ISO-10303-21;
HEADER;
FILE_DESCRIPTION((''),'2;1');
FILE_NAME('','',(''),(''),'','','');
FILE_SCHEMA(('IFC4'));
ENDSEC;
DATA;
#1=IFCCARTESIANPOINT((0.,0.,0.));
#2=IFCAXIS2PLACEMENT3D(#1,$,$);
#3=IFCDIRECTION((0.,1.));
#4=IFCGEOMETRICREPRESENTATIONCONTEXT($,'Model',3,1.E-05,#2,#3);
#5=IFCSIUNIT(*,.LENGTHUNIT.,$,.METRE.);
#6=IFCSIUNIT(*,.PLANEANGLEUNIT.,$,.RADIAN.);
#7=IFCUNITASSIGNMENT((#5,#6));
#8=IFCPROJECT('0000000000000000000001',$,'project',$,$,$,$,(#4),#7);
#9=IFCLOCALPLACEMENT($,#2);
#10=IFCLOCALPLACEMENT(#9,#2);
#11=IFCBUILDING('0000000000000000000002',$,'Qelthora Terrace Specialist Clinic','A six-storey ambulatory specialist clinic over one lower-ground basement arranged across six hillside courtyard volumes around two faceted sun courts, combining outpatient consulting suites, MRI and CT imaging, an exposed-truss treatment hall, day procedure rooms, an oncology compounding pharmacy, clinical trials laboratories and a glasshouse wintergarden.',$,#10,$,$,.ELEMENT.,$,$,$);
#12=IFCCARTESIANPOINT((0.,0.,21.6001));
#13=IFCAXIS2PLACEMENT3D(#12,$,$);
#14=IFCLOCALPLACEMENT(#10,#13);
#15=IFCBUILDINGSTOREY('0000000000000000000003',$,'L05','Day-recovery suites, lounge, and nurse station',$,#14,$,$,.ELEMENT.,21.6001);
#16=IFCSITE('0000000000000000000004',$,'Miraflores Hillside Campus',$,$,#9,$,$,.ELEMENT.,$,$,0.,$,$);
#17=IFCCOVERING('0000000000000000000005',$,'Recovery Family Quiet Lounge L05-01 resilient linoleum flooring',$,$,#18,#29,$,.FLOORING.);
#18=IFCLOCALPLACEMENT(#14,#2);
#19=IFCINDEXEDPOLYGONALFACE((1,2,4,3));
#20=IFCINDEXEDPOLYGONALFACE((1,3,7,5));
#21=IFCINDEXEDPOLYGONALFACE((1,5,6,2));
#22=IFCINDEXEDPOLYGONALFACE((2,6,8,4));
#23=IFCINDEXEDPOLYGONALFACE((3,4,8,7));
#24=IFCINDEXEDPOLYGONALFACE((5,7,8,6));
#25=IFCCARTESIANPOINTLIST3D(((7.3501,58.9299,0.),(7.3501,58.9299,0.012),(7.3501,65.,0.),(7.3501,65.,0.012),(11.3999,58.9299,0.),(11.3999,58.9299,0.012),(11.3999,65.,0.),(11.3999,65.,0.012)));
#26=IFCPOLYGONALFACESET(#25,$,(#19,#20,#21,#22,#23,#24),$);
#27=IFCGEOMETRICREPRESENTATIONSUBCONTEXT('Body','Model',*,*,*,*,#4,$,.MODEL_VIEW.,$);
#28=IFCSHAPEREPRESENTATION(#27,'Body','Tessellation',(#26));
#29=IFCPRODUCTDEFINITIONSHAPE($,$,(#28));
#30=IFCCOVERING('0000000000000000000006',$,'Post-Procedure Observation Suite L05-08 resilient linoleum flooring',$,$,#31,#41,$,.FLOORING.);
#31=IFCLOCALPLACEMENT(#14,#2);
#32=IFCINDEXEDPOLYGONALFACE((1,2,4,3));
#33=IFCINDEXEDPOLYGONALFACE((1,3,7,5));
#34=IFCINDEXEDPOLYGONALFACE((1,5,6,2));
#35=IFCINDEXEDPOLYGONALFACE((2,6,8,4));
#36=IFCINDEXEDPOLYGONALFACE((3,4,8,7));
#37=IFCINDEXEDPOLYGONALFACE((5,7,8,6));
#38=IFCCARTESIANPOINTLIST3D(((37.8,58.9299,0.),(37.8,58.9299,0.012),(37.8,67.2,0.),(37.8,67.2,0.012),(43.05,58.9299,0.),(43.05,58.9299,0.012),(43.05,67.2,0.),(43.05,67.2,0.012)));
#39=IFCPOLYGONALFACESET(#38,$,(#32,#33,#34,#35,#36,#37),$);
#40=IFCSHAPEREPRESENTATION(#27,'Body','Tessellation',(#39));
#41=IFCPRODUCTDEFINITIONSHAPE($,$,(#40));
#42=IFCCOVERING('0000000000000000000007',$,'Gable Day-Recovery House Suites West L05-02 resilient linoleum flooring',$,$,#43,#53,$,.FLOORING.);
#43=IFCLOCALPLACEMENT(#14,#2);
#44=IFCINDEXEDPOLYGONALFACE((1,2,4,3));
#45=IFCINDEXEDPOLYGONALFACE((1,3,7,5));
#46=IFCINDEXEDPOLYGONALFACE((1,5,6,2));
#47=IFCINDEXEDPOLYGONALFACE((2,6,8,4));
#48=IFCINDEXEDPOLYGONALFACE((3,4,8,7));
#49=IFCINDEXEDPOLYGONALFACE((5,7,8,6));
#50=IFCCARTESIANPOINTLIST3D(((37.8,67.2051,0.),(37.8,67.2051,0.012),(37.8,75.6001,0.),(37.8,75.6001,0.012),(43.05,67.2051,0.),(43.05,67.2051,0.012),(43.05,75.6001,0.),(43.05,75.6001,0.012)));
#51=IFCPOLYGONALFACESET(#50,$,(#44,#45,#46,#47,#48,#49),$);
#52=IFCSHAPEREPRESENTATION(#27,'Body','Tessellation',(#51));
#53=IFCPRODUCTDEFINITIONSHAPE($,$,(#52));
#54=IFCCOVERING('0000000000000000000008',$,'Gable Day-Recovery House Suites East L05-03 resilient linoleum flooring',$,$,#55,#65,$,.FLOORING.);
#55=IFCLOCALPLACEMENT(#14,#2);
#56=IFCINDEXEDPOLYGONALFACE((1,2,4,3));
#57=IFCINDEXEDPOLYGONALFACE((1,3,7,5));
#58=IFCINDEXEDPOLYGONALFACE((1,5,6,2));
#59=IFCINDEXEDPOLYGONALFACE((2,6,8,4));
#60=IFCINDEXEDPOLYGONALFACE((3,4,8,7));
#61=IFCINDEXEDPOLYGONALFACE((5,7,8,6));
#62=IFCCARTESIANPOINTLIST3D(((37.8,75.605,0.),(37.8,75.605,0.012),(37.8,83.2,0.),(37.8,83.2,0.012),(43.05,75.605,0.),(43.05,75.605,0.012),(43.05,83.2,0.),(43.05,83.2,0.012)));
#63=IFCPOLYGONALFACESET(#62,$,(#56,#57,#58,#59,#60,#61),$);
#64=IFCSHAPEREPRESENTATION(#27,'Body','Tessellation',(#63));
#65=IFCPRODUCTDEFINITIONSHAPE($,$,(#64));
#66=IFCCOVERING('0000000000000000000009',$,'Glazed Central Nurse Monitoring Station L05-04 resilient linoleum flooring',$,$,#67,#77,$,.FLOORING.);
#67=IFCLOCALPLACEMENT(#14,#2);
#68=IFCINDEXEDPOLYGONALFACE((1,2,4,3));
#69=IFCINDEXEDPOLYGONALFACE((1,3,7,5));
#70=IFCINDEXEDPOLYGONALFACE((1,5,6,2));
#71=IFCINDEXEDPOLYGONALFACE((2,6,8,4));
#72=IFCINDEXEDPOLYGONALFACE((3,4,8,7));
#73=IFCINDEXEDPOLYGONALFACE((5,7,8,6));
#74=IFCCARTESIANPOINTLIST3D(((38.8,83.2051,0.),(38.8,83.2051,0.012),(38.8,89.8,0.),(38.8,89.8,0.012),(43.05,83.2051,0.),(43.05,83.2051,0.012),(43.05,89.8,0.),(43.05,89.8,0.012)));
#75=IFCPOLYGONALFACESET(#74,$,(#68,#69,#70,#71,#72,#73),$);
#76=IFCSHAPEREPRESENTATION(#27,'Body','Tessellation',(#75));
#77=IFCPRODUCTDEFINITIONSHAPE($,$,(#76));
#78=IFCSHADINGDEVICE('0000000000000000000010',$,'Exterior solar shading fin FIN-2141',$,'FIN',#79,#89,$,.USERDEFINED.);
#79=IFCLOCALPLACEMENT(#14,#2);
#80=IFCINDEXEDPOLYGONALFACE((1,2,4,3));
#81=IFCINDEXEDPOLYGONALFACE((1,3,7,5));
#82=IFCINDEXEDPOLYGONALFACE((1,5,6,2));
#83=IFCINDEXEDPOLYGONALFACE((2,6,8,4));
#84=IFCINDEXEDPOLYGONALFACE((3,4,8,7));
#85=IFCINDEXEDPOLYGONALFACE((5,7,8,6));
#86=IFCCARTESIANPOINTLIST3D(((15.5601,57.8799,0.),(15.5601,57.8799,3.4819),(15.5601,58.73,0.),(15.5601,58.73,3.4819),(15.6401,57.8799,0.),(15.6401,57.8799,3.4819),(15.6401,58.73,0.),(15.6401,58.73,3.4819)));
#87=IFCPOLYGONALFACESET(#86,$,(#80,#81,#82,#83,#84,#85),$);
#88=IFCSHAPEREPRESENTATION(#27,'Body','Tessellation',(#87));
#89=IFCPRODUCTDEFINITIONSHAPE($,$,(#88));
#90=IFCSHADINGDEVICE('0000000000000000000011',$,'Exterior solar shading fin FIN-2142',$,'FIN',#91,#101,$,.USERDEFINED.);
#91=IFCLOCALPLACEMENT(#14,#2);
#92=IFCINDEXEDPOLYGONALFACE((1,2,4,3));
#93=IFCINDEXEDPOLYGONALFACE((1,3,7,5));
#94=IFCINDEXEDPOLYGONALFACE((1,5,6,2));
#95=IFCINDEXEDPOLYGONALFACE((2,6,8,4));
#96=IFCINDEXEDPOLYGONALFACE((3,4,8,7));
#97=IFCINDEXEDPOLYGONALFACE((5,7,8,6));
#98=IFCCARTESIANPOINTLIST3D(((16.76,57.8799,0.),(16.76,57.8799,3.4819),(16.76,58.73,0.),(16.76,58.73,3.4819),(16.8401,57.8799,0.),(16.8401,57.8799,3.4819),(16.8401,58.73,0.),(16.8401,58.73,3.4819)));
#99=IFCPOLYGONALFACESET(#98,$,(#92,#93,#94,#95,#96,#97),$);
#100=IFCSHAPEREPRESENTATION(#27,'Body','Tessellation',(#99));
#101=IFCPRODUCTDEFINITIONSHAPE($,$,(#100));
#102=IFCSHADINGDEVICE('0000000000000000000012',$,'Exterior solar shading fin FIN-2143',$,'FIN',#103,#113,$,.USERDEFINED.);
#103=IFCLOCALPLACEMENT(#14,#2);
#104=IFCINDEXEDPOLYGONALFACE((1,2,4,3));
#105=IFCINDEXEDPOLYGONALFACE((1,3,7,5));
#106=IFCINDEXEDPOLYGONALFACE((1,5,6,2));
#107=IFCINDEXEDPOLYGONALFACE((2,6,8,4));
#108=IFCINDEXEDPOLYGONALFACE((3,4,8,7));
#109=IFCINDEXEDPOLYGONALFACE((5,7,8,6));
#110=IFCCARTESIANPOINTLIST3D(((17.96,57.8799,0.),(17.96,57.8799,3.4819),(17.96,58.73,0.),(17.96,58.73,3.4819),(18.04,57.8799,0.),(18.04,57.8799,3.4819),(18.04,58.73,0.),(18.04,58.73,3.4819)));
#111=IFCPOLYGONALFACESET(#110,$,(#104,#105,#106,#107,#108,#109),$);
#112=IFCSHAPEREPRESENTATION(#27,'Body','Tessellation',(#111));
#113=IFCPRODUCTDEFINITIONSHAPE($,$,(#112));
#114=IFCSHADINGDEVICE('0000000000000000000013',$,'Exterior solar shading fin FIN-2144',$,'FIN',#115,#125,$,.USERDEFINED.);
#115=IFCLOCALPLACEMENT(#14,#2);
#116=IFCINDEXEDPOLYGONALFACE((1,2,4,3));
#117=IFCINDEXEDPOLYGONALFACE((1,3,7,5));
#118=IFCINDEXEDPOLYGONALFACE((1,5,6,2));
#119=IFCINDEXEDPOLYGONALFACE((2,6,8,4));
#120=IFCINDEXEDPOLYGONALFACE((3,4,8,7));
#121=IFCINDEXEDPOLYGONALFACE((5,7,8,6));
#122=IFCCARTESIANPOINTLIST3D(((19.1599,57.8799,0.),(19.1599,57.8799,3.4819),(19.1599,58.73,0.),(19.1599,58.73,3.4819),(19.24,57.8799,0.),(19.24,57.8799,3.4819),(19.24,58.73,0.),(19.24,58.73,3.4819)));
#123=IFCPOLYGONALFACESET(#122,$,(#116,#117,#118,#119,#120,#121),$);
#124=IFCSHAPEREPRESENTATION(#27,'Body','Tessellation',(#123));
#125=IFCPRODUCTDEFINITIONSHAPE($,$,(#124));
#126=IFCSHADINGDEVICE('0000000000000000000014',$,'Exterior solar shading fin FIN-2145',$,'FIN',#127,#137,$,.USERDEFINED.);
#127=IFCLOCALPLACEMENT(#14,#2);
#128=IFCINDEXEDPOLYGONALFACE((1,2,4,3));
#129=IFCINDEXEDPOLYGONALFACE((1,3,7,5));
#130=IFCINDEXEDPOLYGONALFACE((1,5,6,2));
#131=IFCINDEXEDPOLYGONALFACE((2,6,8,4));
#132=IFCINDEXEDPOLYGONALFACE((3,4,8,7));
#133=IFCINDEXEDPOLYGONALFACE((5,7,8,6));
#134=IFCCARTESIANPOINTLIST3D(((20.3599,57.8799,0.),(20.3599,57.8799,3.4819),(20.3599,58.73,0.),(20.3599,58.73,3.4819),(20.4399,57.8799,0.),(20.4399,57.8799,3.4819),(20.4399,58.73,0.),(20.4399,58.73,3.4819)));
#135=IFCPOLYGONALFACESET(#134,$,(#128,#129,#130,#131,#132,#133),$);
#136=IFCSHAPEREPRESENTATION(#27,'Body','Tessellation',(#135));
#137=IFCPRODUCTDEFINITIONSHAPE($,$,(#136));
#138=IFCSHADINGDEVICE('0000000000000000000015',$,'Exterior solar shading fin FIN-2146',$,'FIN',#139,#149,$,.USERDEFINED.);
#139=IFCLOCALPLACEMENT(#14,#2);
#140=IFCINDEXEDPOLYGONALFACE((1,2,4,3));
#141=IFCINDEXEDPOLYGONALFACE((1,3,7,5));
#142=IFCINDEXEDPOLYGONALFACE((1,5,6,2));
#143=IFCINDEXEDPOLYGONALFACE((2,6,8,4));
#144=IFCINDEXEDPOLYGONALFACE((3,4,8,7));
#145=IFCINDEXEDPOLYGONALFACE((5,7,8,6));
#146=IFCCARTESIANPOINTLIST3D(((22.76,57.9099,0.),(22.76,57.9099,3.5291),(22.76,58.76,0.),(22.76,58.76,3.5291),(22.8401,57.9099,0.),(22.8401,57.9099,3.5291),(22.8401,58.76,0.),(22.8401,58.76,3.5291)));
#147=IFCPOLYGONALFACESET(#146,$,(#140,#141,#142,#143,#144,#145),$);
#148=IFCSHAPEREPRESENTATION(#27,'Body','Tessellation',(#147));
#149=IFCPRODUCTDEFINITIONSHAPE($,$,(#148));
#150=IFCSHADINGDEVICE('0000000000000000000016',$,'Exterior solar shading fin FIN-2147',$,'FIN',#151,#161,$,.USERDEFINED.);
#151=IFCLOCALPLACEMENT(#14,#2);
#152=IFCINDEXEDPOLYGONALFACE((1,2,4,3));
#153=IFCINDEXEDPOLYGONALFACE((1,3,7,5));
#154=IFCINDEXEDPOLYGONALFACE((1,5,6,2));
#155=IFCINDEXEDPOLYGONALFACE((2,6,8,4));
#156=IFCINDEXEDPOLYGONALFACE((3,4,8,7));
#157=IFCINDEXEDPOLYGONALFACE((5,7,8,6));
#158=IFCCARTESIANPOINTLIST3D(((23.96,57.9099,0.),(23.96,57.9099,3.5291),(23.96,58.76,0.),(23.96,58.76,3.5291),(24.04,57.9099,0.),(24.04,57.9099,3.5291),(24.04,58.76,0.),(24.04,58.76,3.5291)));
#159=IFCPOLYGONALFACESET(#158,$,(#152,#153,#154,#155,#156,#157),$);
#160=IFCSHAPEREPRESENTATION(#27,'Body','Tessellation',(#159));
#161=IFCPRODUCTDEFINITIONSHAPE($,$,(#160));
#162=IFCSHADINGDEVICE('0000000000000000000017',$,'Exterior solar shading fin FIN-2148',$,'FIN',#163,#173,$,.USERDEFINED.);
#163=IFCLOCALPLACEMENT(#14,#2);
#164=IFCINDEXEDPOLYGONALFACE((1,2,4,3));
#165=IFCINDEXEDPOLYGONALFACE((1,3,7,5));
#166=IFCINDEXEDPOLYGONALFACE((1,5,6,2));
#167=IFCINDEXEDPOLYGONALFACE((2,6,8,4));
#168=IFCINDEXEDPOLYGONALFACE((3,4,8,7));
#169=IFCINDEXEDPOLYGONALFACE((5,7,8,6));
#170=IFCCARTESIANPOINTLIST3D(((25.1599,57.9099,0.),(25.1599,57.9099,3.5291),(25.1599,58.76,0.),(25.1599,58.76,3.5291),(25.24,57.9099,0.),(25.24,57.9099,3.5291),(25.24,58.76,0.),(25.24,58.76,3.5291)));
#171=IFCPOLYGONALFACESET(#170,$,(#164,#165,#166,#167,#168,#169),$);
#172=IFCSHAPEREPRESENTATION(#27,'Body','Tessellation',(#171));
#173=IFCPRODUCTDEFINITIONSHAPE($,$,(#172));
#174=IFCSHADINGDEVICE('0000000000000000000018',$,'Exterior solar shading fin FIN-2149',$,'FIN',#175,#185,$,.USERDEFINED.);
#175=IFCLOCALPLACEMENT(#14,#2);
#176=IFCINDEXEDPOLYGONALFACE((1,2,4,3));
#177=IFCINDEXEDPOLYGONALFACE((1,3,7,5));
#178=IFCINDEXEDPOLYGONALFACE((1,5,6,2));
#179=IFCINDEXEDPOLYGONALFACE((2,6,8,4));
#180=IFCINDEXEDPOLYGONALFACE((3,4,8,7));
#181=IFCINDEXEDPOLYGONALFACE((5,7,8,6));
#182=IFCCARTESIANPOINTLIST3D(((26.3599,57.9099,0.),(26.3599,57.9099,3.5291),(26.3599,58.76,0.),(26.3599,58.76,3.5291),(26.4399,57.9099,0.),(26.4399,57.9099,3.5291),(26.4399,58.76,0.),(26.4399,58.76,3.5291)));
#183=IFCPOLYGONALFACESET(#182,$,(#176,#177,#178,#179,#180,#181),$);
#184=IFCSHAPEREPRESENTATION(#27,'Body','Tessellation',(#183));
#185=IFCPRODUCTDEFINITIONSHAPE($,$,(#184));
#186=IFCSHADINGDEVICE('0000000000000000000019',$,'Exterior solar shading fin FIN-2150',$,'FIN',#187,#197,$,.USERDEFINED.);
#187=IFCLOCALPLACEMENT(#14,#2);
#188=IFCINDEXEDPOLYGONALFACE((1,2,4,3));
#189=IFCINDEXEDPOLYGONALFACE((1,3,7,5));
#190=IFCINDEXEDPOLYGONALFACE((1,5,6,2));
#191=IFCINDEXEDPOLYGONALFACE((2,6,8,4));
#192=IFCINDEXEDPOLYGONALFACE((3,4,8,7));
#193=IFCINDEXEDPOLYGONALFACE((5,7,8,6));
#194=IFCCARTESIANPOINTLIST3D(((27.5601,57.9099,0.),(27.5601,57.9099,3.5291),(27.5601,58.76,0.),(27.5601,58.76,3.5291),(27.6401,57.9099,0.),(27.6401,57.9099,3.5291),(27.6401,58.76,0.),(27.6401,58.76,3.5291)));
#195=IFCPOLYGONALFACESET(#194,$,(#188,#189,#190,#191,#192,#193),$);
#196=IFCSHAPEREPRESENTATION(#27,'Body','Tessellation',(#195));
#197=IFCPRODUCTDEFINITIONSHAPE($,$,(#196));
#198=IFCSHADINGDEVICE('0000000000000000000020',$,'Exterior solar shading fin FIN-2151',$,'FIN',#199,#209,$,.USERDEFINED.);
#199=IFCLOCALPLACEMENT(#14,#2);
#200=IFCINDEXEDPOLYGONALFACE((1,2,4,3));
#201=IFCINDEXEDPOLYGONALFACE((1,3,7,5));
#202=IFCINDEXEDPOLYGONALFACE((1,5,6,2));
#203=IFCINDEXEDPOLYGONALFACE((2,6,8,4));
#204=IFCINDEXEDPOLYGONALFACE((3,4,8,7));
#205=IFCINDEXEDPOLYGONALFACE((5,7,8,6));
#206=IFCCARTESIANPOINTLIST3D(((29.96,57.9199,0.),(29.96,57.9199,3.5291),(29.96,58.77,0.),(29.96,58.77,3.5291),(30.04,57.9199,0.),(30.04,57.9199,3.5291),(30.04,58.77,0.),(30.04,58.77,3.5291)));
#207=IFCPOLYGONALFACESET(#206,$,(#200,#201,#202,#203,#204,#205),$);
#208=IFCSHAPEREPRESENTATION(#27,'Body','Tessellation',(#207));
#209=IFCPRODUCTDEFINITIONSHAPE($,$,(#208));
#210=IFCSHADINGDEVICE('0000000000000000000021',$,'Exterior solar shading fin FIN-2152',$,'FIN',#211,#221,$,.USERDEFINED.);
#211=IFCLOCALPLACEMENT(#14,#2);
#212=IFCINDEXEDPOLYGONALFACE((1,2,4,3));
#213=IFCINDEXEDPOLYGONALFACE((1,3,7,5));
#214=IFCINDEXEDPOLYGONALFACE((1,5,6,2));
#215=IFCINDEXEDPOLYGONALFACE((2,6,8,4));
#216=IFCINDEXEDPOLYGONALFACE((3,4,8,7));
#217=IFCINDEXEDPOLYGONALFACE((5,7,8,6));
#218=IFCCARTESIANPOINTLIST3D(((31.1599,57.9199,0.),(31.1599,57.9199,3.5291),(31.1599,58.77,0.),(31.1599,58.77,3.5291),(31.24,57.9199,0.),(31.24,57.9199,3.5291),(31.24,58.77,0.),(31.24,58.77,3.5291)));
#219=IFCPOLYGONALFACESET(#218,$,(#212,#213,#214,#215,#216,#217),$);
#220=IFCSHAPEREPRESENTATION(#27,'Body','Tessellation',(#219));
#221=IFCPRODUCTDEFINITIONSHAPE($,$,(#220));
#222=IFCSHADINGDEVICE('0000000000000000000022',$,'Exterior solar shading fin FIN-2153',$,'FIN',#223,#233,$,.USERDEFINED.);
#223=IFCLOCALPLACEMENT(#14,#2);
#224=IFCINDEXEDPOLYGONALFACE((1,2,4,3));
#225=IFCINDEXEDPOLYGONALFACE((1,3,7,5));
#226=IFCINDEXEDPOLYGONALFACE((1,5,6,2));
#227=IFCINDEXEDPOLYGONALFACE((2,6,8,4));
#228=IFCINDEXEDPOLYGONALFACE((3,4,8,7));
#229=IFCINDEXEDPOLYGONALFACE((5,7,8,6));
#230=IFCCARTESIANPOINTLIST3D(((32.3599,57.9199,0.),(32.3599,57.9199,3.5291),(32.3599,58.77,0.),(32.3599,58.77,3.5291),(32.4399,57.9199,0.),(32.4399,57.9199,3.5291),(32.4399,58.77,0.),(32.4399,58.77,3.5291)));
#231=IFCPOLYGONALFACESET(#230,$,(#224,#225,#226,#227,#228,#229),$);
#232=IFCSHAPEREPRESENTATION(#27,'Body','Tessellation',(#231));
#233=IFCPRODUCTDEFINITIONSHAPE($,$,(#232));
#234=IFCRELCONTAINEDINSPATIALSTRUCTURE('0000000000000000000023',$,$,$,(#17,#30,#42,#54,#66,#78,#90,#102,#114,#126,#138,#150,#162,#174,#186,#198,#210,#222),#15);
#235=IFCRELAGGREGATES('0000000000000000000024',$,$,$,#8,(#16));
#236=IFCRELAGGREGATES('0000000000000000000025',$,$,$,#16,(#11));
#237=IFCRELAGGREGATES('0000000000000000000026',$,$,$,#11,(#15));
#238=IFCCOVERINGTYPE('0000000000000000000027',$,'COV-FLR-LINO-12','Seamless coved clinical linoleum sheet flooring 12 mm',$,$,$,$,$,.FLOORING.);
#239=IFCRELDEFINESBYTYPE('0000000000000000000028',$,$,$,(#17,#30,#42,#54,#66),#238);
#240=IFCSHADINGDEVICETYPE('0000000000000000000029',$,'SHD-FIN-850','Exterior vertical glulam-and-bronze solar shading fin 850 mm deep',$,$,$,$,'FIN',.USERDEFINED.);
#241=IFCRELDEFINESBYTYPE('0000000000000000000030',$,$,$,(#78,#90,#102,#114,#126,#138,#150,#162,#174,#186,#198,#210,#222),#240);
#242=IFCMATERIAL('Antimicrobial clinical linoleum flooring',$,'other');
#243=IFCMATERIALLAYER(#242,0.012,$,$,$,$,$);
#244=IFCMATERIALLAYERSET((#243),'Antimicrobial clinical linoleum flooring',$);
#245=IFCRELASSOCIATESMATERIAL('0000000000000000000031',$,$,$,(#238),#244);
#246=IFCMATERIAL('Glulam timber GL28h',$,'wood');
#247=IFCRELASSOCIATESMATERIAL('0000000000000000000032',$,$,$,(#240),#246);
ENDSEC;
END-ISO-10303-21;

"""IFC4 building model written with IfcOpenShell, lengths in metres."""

from ifc_helpers import new_model, si_unit, direction, frame, origin, origin_2d, place, context, subcontext, project, spatial, polyline, rectangle, outline, extrude, material, layer, layer_set, type_object, element, save


model = new_model("IFC4")

# Units and contexts
model_context = context("Model", 3, precision=1e-05, world=origin(), true_north=direction((0.0, 1.0)))
body_context = subcontext(model_context, "Body", "Model", "MODEL_VIEW")
ifc_project = project(units=[si_unit("LENGTHUNIT", "METRE"), si_unit("PLANEANGLEUNIT", "RADIAN")], contexts=[model_context])

# Site, building, storey
site_placement = place(None, origin())
site = spatial("IfcSite", under=ifc_project, at=site_placement, Name="Miraflores Hillside Campus", CompositionType="ELEMENT", RefElevation=0.0)
building_placement = place(site_placement, origin())
building = spatial("IfcBuilding", under=site, at=building_placement, Name="Qelthora Terrace Specialist Clinic", Description="A six-storey ambulatory specialist clinic over one lower-ground basement arranged across six hillside courtyard volumes around two faceted sun courts, combining outpatient consulting suites, MRI and CT imaging, an exposed-truss treatment hall, day procedure rooms, an oncology compounding pharmacy, clinical trials laboratories and a glasshouse wintergarden.", CompositionType="ELEMENT")
storey_placement = place(building_placement, frame((0.0, 0.0, 21.6001)))
storey = spatial("IfcBuildingStorey", under=building, at=storey_placement, Name="L05", Description="Day-recovery suites, lounge, and nurse station", CompositionType="ELEMENT", Elevation=21.6001)

# Coverings
ifc_material_1 = material(Name="Antimicrobial clinical linoleum flooring", Category="other")
ifc_layer_1 = layer(ifc_material_1, 0.012)
ifc_layer_set_1 = layer_set([ifc_layer_1], Name="Antimicrobial clinical linoleum flooring")
covering_type = type_object("IfcCoveringType", Name="COV-FLR-LINO-12", Description="Seamless coved clinical linoleum sheet flooring 12 mm", PredefinedType="FLOORING", material=ifc_layer_set_1)
covering_1_placement = place(storey_placement, origin())
element("IfcCovering", 1, at=covering_1_placement, inside=storey, type_object=covering_type, Name="Recovery Family Quiet Lounge L05-01 resilient linoleum flooring", PredefinedType="FLOORING", context=body_context, shape_type="SweptSolid", body=[
    extrude(outline(polyline([(7.3501, 58.9299), (7.3501, 65.0), (11.3999, 65.0), (11.3999, 58.9299), (7.3501, 58.9299)])), origin(), (0.0, 0.0, 1.0), 0.012),
])
covering_2_placement = place(storey_placement, origin())
element("IfcCovering", 2, at=covering_2_placement, inside=storey, type_object=covering_type, Name="Post-Procedure Observation Suite L05-08 resilient linoleum flooring", PredefinedType="FLOORING", context=body_context, shape_type="SweptSolid", body=[
    extrude(outline(polyline([(37.8, 67.2), (43.05, 67.2), (43.05, 58.9299), (37.8, 58.9299), (37.8, 67.2)])), origin(), (0.0, 0.0, 1.0), 0.012),
])
covering_3_placement = place(storey_placement, origin())
element("IfcCovering", 3, at=covering_3_placement, inside=storey, type_object=covering_type, Name="Gable Day-Recovery House Suites West L05-02 resilient linoleum flooring", PredefinedType="FLOORING", context=body_context, shape_type="SweptSolid", body=[
    extrude(outline(polyline([(37.8, 67.2051), (37.8, 75.6001), (43.05, 75.6001), (43.05, 67.2051), (37.8, 67.2051)])), origin(), (0.0, 0.0, 1.0), 0.012),
])
covering_4_placement = place(storey_placement, origin())
element("IfcCovering", 4, at=covering_4_placement, inside=storey, type_object=covering_type, Name="Gable Day-Recovery House Suites East L05-03 resilient linoleum flooring", PredefinedType="FLOORING", context=body_context, shape_type="SweptSolid", body=[
    extrude(outline(polyline([(37.8, 75.605), (37.8, 83.2), (43.05, 83.2), (43.05, 75.605), (37.8, 75.605)])), origin(), (0.0, 0.0, 1.0), 0.012),
])
covering_5_placement = place(storey_placement, origin())
element("IfcCovering", 5, at=covering_5_placement, inside=storey, type_object=covering_type, Name="Glazed Central Nurse Monitoring Station L05-04 resilient linoleum flooring", PredefinedType="FLOORING", context=body_context, shape_type="SweptSolid", body=[
    extrude(outline(polyline([(38.8, 83.2051), (38.8, 89.8), (43.05, 89.8), (43.05, 83.2051), (38.8, 83.2051)])), origin(), (0.0, 0.0, 1.0), 0.012),
])

# Shading devices
ifc_material_2 = material(Name="Glulam timber GL28h", Category="wood")
shading_device_type = type_object("IfcShadingDeviceType", Name="SHD-FIN-850", Description="Exterior vertical glulam-and-bronze solar shading fin 850 mm deep", ElementType="FIN", PredefinedType="USERDEFINED", material=ifc_material_2)
for number, where, z_axis, x_axis, name in (
    (6, (15.6001, 58.3049, 0.0), (0.0, 0.0, 1.0), (0.0, -1.0, 0.0), "Exterior solar shading fin FIN-2141"),
    (7, (16.8, 58.3049, 0.0), (0.0, 0.0, 1.0), (0.0, -1.0, 0.0), "Exterior solar shading fin FIN-2142"),
    (8, (18.0, 58.3049, 0.0), (0.0, 0.0, 1.0), (0.0, -1.0, 0.0), "Exterior solar shading fin FIN-2143"),
    (9, (19.2, 58.3049, 0.0), (0.0, 0.0, 1.0), (0.0, -1.0, 0.0), "Exterior solar shading fin FIN-2144"),
    (10, (20.3999, 58.3049, 0.0), (0.0, 0.0, 1.0), (0.0, -1.0, 0.0), "Exterior solar shading fin FIN-2145"),
):
    element("IfcShadingDevice", number, at=place(storey_placement, frame(where, z_axis=z_axis, x_axis=x_axis)), inside=storey, type_object=shading_device_type, Name=name, ObjectType="FIN", PredefinedType="USERDEFINED", context=body_context, shape_type="SweptSolid", body=[
        extrude(rectangle(XDim=0.8501, YDim=0.0801, at=origin_2d()), origin(), (0.0, 0.0, 1.0), 3.4819),
    ])
for number, where, z_axis, x_axis, name in (
    (11, (22.8, 58.335, 0.0), (0.0, 0.0, 1.0), (0.0, -1.0, 0.0), "Exterior solar shading fin FIN-2146"),
    (12, (24.0, 58.335, 0.0), (0.0, 0.0, 1.0), (0.0, -1.0, 0.0), "Exterior solar shading fin FIN-2147"),
    (13, (25.2, 58.335, 0.0), (0.0, 0.0, 1.0), (0.0, -1.0, 0.0), "Exterior solar shading fin FIN-2148"),
    (14, (26.3999, 58.335, 0.0), (0.0, 0.0, 1.0), (0.0, -1.0, 0.0), "Exterior solar shading fin FIN-2149"),
    (15, (27.6001, 58.335, 0.0), (0.0, 0.0, 1.0), (0.0, -1.0, 0.0), "Exterior solar shading fin FIN-2150"),
    (16, (30.0, 58.345, 0.0), (0.0, 0.0, 1.0), (0.0, -1.0, 0.0), "Exterior solar shading fin FIN-2151"),
    (17, (31.2, 58.345, 0.0), (0.0, 0.0, 1.0), (0.0, -1.0, 0.0), "Exterior solar shading fin FIN-2152"),
    (18, (32.3999, 58.345, 0.0), (0.0, 0.0, 1.0), (0.0, -1.0, 0.0), "Exterior solar shading fin FIN-2153"),
):
    element("IfcShadingDevice", number, at=place(storey_placement, frame(where, z_axis=z_axis, x_axis=x_axis)), inside=storey, type_object=shading_device_type, Name=name, ObjectType="FIN", PredefinedType="USERDEFINED", context=body_context, shape_type="SweptSolid", body=[
        extrude(rectangle(XDim=0.8501, YDim=0.0801, at=origin_2d()), origin(), (0.0, 0.0, 1.0), 3.5291),
    ])

save(model, "model.ifc")
